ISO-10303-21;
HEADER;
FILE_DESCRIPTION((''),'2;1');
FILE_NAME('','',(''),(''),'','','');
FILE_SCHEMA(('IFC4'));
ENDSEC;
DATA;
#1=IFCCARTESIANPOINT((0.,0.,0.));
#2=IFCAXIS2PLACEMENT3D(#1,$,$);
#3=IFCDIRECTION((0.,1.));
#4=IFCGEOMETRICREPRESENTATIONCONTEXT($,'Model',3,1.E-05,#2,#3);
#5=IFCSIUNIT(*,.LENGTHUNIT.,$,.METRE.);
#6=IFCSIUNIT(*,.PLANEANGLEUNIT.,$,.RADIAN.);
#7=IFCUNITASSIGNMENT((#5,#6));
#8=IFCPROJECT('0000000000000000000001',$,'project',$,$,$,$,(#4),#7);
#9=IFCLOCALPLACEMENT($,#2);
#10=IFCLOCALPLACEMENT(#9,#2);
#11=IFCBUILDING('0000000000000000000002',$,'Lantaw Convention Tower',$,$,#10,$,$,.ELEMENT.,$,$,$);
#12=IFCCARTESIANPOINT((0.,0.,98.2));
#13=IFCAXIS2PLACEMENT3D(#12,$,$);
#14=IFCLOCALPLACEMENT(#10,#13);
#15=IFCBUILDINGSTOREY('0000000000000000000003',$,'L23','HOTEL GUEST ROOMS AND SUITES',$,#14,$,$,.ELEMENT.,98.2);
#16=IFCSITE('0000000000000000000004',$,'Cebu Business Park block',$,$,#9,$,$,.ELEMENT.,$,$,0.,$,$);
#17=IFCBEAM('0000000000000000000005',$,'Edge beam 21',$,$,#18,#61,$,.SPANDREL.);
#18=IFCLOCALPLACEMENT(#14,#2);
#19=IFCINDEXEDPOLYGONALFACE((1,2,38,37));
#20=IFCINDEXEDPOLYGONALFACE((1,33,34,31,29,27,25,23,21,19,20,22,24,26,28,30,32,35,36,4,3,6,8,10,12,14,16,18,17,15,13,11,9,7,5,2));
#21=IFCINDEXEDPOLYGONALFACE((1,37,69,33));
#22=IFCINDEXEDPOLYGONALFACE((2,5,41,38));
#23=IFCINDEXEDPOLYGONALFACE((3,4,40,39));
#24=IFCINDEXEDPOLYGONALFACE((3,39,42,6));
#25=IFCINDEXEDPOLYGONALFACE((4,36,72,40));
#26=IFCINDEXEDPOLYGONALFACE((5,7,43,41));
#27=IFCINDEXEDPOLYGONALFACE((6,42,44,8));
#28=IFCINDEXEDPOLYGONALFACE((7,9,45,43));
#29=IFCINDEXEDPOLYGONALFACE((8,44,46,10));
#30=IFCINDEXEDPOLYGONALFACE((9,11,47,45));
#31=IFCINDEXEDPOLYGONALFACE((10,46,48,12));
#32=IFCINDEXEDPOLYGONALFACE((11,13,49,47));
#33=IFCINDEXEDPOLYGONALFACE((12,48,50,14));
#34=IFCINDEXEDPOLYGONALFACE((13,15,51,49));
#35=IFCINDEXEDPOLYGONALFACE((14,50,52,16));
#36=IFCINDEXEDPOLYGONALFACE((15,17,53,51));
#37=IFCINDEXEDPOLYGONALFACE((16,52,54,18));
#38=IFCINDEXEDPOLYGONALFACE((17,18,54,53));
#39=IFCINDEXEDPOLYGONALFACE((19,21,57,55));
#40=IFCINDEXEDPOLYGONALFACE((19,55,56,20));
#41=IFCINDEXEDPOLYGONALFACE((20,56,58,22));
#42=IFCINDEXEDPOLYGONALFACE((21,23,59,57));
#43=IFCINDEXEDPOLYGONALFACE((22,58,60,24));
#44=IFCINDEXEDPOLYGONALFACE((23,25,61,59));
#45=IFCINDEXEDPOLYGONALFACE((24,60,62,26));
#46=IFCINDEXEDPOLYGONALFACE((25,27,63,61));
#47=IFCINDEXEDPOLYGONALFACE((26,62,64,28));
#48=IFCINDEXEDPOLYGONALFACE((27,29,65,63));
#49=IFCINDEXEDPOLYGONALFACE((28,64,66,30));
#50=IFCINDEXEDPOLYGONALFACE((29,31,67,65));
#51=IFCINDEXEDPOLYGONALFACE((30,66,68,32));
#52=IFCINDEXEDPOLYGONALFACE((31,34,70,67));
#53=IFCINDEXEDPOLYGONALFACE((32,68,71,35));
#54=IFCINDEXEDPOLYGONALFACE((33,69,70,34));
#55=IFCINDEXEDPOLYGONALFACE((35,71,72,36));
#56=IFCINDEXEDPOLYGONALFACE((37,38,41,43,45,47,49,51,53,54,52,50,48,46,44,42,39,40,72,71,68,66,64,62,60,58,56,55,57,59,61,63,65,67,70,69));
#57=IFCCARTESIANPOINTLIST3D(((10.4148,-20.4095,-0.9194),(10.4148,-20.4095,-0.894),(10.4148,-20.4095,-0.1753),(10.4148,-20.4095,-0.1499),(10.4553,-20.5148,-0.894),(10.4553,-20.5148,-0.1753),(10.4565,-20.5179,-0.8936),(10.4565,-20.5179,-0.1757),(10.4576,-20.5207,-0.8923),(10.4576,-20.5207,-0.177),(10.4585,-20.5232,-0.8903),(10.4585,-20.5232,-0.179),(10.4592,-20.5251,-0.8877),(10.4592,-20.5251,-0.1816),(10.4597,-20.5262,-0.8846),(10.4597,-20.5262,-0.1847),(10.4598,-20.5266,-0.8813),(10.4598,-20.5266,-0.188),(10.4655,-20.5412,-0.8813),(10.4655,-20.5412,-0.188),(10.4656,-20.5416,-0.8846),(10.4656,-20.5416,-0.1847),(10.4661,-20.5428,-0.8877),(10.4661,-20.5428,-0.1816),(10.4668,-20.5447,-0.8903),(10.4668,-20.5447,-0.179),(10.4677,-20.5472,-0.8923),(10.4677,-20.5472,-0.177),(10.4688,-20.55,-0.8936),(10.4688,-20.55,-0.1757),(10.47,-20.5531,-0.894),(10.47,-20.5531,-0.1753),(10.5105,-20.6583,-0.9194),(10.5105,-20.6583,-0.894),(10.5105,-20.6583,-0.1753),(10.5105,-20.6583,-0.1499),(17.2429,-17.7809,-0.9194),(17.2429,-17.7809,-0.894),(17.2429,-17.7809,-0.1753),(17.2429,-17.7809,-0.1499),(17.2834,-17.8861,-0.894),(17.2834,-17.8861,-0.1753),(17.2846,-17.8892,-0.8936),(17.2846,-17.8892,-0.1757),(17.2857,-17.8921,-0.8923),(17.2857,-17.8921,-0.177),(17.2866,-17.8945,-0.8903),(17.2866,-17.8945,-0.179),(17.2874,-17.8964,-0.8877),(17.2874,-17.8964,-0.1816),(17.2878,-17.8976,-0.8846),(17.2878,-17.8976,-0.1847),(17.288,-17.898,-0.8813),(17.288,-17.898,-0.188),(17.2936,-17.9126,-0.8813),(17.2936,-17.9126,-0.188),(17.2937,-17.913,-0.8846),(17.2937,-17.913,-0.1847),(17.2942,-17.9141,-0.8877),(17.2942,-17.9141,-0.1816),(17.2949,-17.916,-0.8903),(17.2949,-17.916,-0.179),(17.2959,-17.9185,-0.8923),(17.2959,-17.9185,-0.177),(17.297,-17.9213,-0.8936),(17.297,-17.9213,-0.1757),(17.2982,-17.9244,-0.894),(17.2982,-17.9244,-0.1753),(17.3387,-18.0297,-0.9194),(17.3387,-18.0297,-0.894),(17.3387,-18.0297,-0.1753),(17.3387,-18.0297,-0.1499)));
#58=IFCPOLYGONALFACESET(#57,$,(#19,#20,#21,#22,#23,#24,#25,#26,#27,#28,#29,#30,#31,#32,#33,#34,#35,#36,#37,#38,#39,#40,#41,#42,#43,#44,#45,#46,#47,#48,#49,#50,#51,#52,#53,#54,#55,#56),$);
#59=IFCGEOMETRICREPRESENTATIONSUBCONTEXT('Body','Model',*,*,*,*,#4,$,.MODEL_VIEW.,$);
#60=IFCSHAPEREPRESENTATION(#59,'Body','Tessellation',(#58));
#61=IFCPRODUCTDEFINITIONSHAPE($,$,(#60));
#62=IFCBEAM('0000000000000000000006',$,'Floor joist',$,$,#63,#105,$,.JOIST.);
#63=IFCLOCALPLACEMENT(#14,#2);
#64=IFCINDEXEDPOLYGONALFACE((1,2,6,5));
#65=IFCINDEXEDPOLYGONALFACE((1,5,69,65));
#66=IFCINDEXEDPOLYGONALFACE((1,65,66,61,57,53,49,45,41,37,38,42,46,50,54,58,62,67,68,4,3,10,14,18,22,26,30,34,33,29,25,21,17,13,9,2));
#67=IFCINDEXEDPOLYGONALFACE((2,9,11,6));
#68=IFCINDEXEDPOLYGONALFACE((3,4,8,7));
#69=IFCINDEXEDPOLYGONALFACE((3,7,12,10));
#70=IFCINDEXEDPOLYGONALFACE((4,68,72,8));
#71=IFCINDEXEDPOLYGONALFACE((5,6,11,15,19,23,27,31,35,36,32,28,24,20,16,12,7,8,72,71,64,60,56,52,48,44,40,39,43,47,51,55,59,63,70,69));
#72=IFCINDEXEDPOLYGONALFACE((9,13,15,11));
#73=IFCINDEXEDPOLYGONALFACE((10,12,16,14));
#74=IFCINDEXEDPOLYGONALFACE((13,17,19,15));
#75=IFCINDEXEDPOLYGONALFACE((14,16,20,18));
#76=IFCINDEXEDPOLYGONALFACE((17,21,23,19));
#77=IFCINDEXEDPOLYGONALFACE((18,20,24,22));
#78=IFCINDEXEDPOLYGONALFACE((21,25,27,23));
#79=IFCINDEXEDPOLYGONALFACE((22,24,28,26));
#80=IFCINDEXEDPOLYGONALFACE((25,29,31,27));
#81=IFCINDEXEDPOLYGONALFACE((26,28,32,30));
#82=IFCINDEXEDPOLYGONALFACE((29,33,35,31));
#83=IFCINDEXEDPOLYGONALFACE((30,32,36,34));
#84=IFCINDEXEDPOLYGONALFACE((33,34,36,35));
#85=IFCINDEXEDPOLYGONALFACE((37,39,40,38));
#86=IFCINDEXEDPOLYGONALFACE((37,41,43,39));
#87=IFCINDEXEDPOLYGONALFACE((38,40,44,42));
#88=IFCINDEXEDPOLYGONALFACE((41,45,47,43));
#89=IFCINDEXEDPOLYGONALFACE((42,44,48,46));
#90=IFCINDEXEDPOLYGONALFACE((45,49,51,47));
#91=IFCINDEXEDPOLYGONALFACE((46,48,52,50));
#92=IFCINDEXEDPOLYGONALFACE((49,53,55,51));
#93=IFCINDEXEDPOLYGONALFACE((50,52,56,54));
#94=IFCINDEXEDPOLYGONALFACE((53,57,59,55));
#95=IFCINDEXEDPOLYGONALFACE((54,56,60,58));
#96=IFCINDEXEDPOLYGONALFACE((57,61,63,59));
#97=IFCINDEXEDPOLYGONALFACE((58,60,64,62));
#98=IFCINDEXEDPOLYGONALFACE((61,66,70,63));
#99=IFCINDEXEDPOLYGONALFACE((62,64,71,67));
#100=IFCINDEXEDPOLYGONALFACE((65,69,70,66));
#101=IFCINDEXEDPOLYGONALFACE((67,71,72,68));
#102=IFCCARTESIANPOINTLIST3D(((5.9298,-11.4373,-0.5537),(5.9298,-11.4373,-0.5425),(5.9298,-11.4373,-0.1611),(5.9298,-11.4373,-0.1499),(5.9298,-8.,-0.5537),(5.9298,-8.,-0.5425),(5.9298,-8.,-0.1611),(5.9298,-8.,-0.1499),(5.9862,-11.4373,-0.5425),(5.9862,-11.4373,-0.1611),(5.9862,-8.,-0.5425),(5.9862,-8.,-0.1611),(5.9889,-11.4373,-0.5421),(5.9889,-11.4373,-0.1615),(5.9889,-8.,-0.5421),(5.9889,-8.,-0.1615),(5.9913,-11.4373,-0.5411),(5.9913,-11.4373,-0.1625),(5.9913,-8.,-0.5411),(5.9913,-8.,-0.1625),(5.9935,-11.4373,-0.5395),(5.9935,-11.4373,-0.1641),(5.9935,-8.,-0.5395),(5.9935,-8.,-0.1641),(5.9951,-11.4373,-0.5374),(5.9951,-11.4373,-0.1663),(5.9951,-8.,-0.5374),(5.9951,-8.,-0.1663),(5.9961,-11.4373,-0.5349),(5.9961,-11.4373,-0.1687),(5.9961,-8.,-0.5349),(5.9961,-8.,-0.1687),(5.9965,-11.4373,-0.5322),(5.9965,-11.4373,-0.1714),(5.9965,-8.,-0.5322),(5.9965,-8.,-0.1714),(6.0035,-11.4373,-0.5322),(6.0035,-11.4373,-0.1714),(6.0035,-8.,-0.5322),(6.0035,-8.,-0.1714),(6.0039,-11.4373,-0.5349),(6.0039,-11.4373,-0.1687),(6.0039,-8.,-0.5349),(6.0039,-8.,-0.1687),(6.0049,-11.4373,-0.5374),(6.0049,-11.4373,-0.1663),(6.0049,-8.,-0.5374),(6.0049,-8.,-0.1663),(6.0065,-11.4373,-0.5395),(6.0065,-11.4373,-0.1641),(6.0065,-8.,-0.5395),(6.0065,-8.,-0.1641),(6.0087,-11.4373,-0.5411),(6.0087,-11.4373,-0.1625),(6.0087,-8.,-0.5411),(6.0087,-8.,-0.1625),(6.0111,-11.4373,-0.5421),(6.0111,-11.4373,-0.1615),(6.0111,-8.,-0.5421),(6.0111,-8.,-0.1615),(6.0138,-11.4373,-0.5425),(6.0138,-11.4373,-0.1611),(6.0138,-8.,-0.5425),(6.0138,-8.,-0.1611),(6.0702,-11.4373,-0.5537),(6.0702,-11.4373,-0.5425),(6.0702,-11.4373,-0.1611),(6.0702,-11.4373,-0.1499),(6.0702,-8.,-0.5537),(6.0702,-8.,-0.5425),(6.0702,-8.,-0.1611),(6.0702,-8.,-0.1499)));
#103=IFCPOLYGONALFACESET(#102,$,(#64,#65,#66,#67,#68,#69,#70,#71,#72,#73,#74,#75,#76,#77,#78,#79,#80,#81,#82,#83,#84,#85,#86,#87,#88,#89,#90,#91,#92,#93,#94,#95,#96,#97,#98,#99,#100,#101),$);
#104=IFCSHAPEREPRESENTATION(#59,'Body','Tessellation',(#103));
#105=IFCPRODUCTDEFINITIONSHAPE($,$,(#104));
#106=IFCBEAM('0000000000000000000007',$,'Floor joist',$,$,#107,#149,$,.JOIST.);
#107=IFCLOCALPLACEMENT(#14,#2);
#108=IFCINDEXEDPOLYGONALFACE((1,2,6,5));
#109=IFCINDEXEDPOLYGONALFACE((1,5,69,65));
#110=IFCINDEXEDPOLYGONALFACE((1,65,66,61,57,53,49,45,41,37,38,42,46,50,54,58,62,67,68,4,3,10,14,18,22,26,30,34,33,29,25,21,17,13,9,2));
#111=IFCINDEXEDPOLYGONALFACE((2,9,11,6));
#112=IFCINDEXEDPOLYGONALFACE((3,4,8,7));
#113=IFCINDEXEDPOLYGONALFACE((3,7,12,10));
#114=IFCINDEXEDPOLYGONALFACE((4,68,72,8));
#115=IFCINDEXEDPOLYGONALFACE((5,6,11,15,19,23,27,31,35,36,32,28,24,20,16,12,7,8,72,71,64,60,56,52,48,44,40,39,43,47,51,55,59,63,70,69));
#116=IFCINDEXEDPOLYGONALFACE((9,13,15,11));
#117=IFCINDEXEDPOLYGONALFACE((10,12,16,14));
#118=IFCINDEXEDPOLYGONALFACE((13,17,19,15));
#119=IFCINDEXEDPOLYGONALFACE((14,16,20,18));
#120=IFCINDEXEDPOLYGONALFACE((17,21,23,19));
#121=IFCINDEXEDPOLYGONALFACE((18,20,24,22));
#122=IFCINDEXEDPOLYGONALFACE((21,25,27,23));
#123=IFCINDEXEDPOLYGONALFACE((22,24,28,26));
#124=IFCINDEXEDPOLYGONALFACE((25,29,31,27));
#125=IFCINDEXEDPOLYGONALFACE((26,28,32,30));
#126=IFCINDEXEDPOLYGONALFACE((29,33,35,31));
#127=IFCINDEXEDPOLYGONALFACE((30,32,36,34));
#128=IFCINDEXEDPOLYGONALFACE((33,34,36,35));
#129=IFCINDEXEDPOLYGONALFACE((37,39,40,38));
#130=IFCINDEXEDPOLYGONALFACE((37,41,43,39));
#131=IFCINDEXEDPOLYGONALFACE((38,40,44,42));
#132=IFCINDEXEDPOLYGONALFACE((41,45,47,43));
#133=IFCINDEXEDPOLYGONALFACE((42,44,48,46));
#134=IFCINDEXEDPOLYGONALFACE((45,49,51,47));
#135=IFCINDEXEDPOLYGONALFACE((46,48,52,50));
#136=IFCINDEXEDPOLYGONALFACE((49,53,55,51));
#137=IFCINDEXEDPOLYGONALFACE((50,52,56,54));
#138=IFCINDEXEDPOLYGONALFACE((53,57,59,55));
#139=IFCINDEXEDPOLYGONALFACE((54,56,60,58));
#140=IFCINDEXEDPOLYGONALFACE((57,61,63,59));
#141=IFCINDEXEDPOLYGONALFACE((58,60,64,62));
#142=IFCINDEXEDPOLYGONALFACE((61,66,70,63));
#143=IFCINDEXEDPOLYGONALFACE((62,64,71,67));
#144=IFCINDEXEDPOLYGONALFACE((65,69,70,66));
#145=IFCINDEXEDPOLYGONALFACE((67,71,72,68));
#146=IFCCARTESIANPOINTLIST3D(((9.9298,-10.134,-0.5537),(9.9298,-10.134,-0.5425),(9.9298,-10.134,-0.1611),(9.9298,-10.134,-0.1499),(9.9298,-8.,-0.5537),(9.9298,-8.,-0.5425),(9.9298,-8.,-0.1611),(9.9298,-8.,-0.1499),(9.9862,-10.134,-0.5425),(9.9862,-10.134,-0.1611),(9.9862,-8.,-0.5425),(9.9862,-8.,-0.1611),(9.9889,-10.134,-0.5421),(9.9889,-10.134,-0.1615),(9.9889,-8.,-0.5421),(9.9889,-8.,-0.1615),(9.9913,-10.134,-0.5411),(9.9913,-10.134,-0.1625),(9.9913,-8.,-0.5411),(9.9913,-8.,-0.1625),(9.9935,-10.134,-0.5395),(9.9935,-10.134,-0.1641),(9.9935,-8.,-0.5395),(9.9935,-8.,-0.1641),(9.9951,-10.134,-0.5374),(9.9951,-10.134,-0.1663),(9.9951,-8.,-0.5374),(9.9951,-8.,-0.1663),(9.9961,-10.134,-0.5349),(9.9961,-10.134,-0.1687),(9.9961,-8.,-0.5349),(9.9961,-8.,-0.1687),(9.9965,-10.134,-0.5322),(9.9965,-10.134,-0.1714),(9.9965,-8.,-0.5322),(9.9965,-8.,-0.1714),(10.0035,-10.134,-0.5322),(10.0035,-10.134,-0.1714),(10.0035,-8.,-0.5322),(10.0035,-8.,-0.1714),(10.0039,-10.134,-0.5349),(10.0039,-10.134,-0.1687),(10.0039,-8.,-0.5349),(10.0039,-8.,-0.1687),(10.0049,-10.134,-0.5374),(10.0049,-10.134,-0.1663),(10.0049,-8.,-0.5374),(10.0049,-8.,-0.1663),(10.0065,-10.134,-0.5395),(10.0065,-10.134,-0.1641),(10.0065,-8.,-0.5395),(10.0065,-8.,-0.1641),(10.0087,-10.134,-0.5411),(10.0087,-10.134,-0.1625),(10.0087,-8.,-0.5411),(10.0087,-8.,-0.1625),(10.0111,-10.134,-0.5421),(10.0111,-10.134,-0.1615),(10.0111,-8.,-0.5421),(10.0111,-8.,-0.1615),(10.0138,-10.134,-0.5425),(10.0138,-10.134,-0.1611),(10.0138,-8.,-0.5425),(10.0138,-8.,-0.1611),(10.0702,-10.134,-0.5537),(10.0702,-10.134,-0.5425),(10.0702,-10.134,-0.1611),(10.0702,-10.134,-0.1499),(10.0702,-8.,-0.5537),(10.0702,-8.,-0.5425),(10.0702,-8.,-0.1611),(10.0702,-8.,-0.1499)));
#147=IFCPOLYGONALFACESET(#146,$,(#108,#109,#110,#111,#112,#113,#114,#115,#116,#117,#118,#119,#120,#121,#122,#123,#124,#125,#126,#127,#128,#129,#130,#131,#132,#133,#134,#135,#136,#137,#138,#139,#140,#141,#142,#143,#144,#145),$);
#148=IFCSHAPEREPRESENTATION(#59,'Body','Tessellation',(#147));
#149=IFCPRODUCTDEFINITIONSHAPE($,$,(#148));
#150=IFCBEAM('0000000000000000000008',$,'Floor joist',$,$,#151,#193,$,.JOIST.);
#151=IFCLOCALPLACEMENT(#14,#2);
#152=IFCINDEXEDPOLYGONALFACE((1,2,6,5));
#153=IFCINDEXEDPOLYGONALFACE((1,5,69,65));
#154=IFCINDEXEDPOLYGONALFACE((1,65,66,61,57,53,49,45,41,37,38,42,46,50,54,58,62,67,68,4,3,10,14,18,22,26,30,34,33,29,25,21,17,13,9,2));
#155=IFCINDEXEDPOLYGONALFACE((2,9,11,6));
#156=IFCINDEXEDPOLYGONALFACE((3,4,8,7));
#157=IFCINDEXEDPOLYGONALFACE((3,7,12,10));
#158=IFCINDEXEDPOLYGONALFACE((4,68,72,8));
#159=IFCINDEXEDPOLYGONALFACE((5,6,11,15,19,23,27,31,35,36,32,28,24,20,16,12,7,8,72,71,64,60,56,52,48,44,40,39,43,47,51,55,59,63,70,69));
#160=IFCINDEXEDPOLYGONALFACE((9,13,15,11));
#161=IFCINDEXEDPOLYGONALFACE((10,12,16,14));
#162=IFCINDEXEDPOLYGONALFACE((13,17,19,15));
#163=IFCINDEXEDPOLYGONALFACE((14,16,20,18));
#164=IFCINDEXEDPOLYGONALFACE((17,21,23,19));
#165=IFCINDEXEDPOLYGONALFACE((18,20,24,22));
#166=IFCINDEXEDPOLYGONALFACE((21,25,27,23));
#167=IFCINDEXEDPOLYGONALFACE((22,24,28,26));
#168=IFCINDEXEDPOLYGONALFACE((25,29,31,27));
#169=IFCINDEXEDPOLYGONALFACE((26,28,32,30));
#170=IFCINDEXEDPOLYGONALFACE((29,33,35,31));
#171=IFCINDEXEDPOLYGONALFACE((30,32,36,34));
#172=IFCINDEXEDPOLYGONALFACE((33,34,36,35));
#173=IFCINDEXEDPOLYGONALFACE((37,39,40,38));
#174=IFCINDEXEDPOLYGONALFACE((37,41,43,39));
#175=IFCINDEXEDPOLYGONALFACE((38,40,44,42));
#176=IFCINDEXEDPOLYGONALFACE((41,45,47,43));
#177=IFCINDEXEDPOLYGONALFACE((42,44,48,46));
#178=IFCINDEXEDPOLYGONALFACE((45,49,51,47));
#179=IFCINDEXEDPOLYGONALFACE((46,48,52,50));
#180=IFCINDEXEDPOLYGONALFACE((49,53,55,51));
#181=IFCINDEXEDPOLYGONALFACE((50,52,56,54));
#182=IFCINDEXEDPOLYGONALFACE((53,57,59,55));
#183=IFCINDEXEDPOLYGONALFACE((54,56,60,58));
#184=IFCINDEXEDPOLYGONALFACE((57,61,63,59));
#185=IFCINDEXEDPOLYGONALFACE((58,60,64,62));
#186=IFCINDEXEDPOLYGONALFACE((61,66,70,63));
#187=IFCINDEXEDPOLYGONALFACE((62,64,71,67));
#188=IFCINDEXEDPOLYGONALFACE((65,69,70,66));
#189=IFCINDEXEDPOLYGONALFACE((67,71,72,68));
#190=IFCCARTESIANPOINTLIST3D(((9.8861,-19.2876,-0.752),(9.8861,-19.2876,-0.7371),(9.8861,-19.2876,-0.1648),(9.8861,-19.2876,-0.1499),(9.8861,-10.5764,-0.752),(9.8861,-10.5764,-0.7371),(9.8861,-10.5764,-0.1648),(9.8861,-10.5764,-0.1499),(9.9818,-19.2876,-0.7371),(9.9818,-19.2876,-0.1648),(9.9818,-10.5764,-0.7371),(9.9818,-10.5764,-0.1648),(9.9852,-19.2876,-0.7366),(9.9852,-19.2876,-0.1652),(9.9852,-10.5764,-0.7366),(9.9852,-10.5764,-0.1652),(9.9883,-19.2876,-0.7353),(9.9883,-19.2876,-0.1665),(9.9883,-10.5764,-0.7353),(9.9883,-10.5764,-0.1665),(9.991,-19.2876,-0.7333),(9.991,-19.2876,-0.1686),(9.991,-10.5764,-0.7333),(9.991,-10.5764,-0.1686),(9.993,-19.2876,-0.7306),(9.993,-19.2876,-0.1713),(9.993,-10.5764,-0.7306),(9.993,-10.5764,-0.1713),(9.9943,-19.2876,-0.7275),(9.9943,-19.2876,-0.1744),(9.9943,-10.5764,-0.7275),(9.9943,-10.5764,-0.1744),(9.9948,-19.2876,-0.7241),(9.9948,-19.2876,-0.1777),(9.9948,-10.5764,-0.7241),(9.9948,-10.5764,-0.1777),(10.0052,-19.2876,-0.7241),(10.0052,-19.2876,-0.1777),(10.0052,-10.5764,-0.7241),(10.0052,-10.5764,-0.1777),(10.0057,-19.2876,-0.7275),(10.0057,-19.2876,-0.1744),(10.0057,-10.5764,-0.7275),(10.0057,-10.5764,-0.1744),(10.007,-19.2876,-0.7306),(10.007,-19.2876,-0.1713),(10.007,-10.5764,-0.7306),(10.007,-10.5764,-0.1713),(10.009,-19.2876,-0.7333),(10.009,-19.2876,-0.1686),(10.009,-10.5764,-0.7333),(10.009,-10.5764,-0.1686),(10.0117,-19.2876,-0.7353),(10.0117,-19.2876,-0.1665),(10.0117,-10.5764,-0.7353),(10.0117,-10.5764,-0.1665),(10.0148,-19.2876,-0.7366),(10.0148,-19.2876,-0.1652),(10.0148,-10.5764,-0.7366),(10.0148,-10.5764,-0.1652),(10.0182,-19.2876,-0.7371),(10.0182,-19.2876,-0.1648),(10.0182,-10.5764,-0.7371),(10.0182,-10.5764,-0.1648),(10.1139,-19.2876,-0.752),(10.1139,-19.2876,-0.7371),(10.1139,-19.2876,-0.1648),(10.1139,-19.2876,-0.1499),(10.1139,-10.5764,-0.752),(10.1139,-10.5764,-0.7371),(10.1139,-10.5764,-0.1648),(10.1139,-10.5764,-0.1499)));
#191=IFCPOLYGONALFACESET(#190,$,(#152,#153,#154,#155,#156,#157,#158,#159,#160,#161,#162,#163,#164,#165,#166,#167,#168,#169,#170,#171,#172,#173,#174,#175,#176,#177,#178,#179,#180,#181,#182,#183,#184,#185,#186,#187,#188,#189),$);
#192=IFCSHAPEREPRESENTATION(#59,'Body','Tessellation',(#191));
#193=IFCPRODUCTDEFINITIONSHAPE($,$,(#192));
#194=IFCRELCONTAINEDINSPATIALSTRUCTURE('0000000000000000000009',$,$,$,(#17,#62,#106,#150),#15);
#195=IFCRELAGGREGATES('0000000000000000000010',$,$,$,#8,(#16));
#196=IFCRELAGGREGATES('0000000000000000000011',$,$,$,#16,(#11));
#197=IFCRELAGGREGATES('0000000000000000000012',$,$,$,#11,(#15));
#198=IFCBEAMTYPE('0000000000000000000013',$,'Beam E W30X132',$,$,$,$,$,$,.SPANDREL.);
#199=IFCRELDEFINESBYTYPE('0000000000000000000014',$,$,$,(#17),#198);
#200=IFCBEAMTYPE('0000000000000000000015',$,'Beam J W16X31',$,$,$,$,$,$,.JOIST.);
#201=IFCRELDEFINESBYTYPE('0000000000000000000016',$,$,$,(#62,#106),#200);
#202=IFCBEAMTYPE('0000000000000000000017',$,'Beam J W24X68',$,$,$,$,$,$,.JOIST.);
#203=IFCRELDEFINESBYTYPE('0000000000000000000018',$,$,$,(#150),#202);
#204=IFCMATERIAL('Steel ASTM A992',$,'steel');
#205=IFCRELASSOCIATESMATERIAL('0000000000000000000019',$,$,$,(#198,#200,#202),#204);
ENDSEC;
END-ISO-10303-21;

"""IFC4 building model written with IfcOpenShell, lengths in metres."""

from ifc_helpers import new_model, si_unit, direction, frame, origin, origin_2d, place, context, subcontext, project, spatial, i_section, extrude, material, material_profile, profile_set, type_object, element, save


model = new_model("IFC4")

# Units and contexts
model_context = context("Model", 3, precision=1e-05, world=origin(), true_north=direction((0.0, 1.0)))
body_context = subcontext(model_context, "Body", "Model", "MODEL_VIEW")
ifc_project = project(units=[si_unit("LENGTHUNIT", "METRE"), si_unit("PLANEANGLEUNIT", "RADIAN")], contexts=[model_context])

# Site, building, storey
site_placement = place(None, origin())
site = spatial("IfcSite", under=ifc_project, at=site_placement, Name="Cebu Business Park block", CompositionType="ELEMENT", RefElevation=0.0)
building_placement = place(site_placement, origin())
building = spatial("IfcBuilding", under=site, at=building_placement, Name="Lantaw Convention Tower", CompositionType="ELEMENT")
storey_placement = place(building_placement, frame((0.0, 0.0, 98.2)))
storey = spatial("IfcBuildingStorey", under=building, at=storey_placement, Name="L23", Description="HOTEL GUEST ROOMS AND SUITES", CompositionType="ELEMENT", Elevation=98.2)

# Beams
ifc_material_1 = material(Name="Steel ASTM A992", Category="steel")
ifc_material_profile_1 = material_profile(ifc_material_1, i_section(OverallWidth=0.2666, OverallDepth=0.7695, WebThickness=0.0156, FlangeThickness=0.0254, FilletRadius=0.0127, at=origin_2d()), Name="W30X132")
ifc_profile_set_1 = profile_set([ifc_material_profile_1], Name="Steel ASTM A992")
beam_type_1 = type_object("IfcBeamType", Name="Beam E W30X132", PredefinedType="SPANDREL", material=ifc_profile_set_1)
beam_1_placement = place(storey_placement, frame((10.4626, -20.5339, -0.5347), z_axis=(0.933233, 0.359272, 0.0), x_axis=(-0.359272, 0.933233, 0.0)))
element("IfcBeam", 1, at=beam_1_placement, inside=storey, type_object=beam_type_1, Name="Edge beam 21", PredefinedType="SPANDREL", context=body_context, shape_type="SweptSolid", body=[
    extrude(i_section(OverallWidth=0.2666, OverallDepth=0.7695, WebThickness=0.0156, FlangeThickness=0.0254, FilletRadius=0.0127, at=origin_2d()), origin(), (0.0, 0.0, 1.0), 7.3167),
])
ifc_material_profile_2 = material_profile(ifc_material_1, i_section(OverallWidth=0.1404, OverallDepth=0.4038, WebThickness=0.0071, FlangeThickness=0.0112, FilletRadius=0.0103, at=origin_2d()), Name="W16X31")
ifc_profile_set_2 = profile_set([ifc_material_profile_2], Name="Steel ASTM A992")
beam_type_2 = type_object("IfcBeamType", Name="Beam J W16X31", PredefinedType="JOIST", material=ifc_profile_set_2)
beam_2_placement = place(storey_placement, frame((6.0, -11.4373, -0.3518), z_axis=(0.0, 1.0, 0.0), x_axis=(-1.0, 0.0, 0.0)))
element("IfcBeam", 2, at=beam_2_placement, inside=storey, type_object=beam_type_2, Name="Floor joist", PredefinedType="JOIST", context=body_context, shape_type="SweptSolid", body=[
    extrude(i_section(OverallWidth=0.1404, OverallDepth=0.4038, WebThickness=0.0071, FlangeThickness=0.0112, FilletRadius=0.0103, at=origin_2d()), origin(), (0.0, 0.0, 1.0), 3.4373),
])
beam_3_placement = place(storey_placement, frame((10.0, -10.134, -0.3518), z_axis=(0.0, 1.0, 0.0), x_axis=(-1.0, 0.0, 0.0)))
element("IfcBeam", 3, at=beam_3_placement, inside=storey, type_object=beam_type_2, Name="Floor joist", PredefinedType="JOIST", context=body_context, shape_type="SweptSolid", body=[
    extrude(i_section(OverallWidth=0.1404, OverallDepth=0.4038, WebThickness=0.0071, FlangeThickness=0.0112, FilletRadius=0.0103, at=origin_2d()), origin(), (0.0, 0.0, 1.0), 2.134),
])
ifc_material_profile_3 = material_profile(ifc_material_1, i_section(OverallWidth=0.2278, OverallDepth=0.6021, WebThickness=0.0105, FlangeThickness=0.0149, FilletRadius=0.0129, at=origin_2d()), Name="W24X68")
ifc_profile_set_3 = profile_set([ifc_material_profile_3], Name="Steel ASTM A992")
beam_type_3 = type_object("IfcBeamType", Name="Beam J W24X68", PredefinedType="JOIST", material=ifc_profile_set_3)
beam_4_placement = place(storey_placement, frame((10.0, -19.2876, -0.4509), z_axis=(0.0, 1.0, 0.0), x_axis=(-1.0, 0.0, 0.0)))
element("IfcBeam", 4, at=beam_4_placement, inside=storey, type_object=beam_type_3, Name="Floor joist", PredefinedType="JOIST", context=body_context, shape_type="SweptSolid", body=[
    extrude(i_section(OverallWidth=0.2278, OverallDepth=0.6021, WebThickness=0.0105, FlangeThickness=0.0149, FilletRadius=0.0129, at=origin_2d()), origin(), (0.0, 0.0, 1.0), 8.7112),
])

save(model, "model.ifc")
